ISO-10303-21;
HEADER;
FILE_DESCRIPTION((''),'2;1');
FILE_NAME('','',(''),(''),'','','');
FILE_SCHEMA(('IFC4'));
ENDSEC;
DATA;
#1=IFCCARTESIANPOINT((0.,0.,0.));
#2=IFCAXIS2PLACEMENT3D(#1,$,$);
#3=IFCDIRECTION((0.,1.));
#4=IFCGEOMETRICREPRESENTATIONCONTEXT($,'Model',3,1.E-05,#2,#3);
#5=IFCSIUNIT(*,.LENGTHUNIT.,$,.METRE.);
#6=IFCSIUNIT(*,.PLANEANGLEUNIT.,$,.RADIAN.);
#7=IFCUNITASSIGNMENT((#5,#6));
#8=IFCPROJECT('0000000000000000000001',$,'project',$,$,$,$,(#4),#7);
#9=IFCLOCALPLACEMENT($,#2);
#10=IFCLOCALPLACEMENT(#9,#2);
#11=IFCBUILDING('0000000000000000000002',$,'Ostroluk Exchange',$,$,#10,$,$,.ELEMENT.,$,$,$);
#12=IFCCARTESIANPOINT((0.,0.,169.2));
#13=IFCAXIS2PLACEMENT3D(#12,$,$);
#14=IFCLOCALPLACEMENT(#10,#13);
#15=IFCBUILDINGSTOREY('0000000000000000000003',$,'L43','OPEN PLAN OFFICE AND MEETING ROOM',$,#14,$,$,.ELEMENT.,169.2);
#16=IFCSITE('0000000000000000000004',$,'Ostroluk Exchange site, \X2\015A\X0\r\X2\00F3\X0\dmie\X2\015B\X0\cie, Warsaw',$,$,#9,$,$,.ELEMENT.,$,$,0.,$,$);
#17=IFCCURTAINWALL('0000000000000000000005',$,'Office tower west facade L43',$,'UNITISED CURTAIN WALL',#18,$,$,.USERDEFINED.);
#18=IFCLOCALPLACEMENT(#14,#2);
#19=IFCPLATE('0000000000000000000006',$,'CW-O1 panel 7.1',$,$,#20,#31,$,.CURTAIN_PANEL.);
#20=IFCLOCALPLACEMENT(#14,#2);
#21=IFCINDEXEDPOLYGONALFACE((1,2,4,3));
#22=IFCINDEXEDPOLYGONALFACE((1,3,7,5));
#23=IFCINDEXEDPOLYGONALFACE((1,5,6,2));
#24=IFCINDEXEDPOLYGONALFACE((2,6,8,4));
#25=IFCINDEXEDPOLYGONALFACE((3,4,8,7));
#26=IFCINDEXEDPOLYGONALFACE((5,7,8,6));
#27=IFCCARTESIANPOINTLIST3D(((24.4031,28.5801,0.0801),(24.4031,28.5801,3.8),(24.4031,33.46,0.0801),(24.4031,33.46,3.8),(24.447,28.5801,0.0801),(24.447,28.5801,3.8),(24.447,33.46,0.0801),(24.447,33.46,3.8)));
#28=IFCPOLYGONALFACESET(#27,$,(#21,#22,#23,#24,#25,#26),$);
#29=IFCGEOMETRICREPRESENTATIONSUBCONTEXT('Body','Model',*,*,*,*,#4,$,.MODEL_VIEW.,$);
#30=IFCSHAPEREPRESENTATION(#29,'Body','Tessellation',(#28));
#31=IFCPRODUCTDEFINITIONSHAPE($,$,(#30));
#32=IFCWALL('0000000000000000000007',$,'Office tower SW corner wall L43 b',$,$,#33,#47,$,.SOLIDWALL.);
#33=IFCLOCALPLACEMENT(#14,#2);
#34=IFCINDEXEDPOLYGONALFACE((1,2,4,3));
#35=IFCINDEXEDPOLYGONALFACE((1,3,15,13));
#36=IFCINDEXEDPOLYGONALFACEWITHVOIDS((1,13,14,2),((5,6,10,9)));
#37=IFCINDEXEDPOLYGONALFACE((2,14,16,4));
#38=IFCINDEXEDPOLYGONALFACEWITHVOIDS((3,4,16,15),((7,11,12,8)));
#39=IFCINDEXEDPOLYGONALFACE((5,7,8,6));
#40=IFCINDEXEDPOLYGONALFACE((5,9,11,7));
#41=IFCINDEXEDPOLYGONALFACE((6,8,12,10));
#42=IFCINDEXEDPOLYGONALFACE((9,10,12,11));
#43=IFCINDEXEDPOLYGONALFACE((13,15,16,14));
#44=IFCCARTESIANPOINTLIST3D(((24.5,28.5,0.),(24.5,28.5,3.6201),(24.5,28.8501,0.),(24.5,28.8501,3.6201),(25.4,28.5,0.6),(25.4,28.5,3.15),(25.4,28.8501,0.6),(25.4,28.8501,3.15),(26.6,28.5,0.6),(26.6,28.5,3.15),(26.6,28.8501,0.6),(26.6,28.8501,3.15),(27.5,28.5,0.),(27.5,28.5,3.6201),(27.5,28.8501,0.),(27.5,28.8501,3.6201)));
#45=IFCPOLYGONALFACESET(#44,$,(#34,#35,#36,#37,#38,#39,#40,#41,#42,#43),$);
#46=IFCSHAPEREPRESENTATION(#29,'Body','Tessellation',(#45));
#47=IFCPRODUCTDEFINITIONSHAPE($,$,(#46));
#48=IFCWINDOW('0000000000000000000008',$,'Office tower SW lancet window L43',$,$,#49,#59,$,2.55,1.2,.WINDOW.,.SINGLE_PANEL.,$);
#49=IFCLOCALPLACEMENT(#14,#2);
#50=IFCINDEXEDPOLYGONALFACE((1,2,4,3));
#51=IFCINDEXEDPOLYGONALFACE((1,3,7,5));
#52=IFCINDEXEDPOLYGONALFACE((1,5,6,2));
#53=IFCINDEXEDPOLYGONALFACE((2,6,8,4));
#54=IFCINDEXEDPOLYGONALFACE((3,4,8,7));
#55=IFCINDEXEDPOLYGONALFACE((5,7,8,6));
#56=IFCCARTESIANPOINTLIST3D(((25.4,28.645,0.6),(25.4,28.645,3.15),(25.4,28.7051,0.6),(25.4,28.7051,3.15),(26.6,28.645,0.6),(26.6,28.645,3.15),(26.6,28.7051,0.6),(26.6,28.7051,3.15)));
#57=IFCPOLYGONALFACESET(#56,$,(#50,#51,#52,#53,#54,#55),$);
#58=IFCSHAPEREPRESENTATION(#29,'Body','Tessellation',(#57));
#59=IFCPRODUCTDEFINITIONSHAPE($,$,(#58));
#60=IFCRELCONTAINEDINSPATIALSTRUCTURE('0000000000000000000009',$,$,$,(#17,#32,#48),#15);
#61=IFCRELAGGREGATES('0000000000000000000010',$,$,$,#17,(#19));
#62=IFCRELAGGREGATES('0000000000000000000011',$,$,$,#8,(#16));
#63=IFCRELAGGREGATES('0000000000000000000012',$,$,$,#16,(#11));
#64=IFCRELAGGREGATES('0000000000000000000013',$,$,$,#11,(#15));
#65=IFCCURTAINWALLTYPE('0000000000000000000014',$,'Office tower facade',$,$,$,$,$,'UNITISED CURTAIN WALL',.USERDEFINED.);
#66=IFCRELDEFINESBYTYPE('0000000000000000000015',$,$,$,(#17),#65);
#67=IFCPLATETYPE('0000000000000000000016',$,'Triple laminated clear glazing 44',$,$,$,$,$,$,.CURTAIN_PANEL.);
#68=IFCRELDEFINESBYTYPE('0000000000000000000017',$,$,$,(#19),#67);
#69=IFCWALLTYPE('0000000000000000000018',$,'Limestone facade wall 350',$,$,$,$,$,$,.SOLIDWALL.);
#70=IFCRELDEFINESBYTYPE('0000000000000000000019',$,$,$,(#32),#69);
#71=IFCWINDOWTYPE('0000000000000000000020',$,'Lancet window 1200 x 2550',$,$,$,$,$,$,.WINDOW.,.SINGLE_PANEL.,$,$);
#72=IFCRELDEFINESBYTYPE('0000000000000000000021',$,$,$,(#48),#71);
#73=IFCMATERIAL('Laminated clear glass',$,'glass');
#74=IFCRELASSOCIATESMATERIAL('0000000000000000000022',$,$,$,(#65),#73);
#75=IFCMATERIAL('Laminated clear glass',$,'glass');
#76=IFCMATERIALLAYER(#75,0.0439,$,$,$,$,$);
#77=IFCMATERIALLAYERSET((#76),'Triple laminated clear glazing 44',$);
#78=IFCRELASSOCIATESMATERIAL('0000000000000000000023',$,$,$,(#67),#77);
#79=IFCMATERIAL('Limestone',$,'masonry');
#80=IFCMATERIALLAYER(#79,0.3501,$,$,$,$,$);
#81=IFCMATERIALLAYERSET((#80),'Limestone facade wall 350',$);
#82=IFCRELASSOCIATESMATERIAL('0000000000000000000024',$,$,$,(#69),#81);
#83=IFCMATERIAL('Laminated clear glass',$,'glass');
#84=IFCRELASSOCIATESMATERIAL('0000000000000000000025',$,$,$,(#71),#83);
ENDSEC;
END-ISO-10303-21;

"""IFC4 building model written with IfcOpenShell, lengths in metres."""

from ifc_helpers import new_model, si_unit, direction, frame, frame_2d, origin, origin_2d, place, context, subcontext, project, spatial, rectangle, extrude, material, layer, layer_set, type_object, element, fill, aggregate, save


model = new_model("IFC4")

# Units and contexts
model_context = context("Model", 3, precision=1e-05, world=origin(), true_north=direction((0.0, 1.0)))
body_context = subcontext(model_context, "Body", "Model", "MODEL_VIEW")
ifc_project = project(units=[si_unit("LENGTHUNIT", "METRE"), si_unit("PLANEANGLEUNIT", "RADIAN")], contexts=[model_context])

# Site, building, storey
site_placement = place(None, origin())
site = spatial("IfcSite", under=ifc_project, at=site_placement, Name="Ostroluk Exchange site, Śródmieście, Warsaw", CompositionType="ELEMENT", RefElevation=0.0)
building_placement = place(site_placement, origin())
building = spatial("IfcBuilding", under=site, at=building_placement, Name="Ostroluk Exchange", CompositionType="ELEMENT")
storey_placement = place(building_placement, frame((0.0, 0.0, 169.2)))
storey = spatial("IfcBuildingStorey", under=building, at=storey_placement, Name="L43", Description="OPEN PLAN OFFICE AND MEETING ROOM", CompositionType="ELEMENT", Elevation=169.2)

# Shared definitions
ifc_material_1 = material(Name="Laminated clear glass", Category="glass")
curtain_wall_type = type_object("IfcCurtainWallType", Name="Office tower facade", ElementType="UNITISED CURTAIN WALL", PredefinedType="USERDEFINED", material=ifc_material_1)

# Curtain wall
curtain_wall_1_placement = place(storey_placement, origin())
curtain_wall_1 = element("IfcCurtainWall", 1, at=curtain_wall_1_placement, inside=storey, type_object=curtain_wall_type, Name="Office tower west facade L43", ObjectType="UNITISED CURTAIN WALL", PredefinedType="USERDEFINED")

# Plate
ifc_material_2 = material(Name="Laminated clear glass", Category="glass")
ifc_layer_1 = layer(ifc_material_2, 0.0439)
ifc_layer_set_1 = layer_set([ifc_layer_1], Name="Triple laminated clear glazing 44")
plate_type_1 = type_object("IfcPlateType", Name="Triple laminated clear glazing 44", PredefinedType="CURTAIN_PANEL", material=ifc_layer_set_1)
plate_1_placement = place(storey_placement, frame((24.425, 31.02, 0.0801), z_axis=(0.0, 0.0, 1.0), x_axis=(0.0, -1.0, 0.0)))
plate_1 = element("IfcPlate", 2, at=plate_1_placement, type_object=plate_type_1, Name="CW-O1 panel 7.1", PredefinedType="CURTAIN_PANEL", context=body_context, shape_type="SweptSolid", body=[
    extrude(rectangle(XDim=4.8799, YDim=0.0439, at=origin_2d()), origin(), (0.0, 0.0, 1.0), 3.72),
])
aggregate(curtain_wall_1, [plate_1])

# Shared definitions
ifc_material_3 = material(Name="Limestone", Category="masonry")
ifc_layer_2 = layer(ifc_material_3, 0.3501)
ifc_layer_set_2 = layer_set([ifc_layer_2], Name="Limestone facade wall 350")
wall_type = type_object("IfcWallType", Name="Limestone facade wall 350", PredefinedType="SOLIDWALL", material=ifc_layer_set_2)

# Wall, opening, window
wall_1_placement = place(storey_placement, frame((27.5, 28.675, 0.0), z_axis=(0.0, 0.0, 1.0), x_axis=(-1.0, 0.0, 0.0)))
wall_1 = element("IfcWall", 3, at=wall_1_placement, inside=storey, type_object=wall_type, Name="Office tower SW corner wall L43 b", PredefinedType="SOLIDWALL", context=body_context, shape_type="SweptSolid", body=[
    extrude(rectangle(XDim=3.0, YDim=0.3501, at=frame_2d((1.5, 0.0))), origin(), (0.0, 0.0, 1.0), 3.6201),
])
opening_1_placement = place(wall_1_placement, frame((0.8999, 0.0, 0.6001)))
opening_1 = element("IfcOpeningElement", 4, at=opening_1_placement, cuts=wall_1, PredefinedType="OPENING", context=body_context, shape_type="SweptSolid", body=[
    extrude(rectangle(XDim=1.2, YDim=2.55, at=frame_2d((0.6001, 1.2749))), frame((0.0, 0.1851, 0.0), z_axis=(0.0, -1.0, 0.0), x_axis=(1.0, 0.0, 0.0)), (0.0, 0.0, 1.0), 0.3701),
])
ifc_material_4 = material(Name="Laminated clear glass", Category="glass")
window_type = type_object("IfcWindowType", Name="Lancet window 1200 x 2550", PartitioningType="SINGLE_PANEL", PredefinedType="WINDOW", material=ifc_material_4)
window_placement = place(opening_1_placement, origin())
window = element("IfcWindow", 5, at=window_placement, inside=storey, type_object=window_type, Name="Office tower SW lancet window L43", OverallHeight=2.55, OverallWidth=1.2, PartitioningType="SINGLE_PANEL", PredefinedType="WINDOW", context=body_context, shape_type="SweptSolid", body=[
    extrude(rectangle(XDim=1.2, YDim=2.55, at=frame_2d((0.6001, 1.2749))), frame((0.0, 0.03, 0.0), z_axis=(0.0, -1.0, 0.0), x_axis=(1.0, 0.0, 0.0)), (0.0, 0.0, 1.0), 0.0601),
])
fill(opening_1, window)

save(model, "model.ifc")
